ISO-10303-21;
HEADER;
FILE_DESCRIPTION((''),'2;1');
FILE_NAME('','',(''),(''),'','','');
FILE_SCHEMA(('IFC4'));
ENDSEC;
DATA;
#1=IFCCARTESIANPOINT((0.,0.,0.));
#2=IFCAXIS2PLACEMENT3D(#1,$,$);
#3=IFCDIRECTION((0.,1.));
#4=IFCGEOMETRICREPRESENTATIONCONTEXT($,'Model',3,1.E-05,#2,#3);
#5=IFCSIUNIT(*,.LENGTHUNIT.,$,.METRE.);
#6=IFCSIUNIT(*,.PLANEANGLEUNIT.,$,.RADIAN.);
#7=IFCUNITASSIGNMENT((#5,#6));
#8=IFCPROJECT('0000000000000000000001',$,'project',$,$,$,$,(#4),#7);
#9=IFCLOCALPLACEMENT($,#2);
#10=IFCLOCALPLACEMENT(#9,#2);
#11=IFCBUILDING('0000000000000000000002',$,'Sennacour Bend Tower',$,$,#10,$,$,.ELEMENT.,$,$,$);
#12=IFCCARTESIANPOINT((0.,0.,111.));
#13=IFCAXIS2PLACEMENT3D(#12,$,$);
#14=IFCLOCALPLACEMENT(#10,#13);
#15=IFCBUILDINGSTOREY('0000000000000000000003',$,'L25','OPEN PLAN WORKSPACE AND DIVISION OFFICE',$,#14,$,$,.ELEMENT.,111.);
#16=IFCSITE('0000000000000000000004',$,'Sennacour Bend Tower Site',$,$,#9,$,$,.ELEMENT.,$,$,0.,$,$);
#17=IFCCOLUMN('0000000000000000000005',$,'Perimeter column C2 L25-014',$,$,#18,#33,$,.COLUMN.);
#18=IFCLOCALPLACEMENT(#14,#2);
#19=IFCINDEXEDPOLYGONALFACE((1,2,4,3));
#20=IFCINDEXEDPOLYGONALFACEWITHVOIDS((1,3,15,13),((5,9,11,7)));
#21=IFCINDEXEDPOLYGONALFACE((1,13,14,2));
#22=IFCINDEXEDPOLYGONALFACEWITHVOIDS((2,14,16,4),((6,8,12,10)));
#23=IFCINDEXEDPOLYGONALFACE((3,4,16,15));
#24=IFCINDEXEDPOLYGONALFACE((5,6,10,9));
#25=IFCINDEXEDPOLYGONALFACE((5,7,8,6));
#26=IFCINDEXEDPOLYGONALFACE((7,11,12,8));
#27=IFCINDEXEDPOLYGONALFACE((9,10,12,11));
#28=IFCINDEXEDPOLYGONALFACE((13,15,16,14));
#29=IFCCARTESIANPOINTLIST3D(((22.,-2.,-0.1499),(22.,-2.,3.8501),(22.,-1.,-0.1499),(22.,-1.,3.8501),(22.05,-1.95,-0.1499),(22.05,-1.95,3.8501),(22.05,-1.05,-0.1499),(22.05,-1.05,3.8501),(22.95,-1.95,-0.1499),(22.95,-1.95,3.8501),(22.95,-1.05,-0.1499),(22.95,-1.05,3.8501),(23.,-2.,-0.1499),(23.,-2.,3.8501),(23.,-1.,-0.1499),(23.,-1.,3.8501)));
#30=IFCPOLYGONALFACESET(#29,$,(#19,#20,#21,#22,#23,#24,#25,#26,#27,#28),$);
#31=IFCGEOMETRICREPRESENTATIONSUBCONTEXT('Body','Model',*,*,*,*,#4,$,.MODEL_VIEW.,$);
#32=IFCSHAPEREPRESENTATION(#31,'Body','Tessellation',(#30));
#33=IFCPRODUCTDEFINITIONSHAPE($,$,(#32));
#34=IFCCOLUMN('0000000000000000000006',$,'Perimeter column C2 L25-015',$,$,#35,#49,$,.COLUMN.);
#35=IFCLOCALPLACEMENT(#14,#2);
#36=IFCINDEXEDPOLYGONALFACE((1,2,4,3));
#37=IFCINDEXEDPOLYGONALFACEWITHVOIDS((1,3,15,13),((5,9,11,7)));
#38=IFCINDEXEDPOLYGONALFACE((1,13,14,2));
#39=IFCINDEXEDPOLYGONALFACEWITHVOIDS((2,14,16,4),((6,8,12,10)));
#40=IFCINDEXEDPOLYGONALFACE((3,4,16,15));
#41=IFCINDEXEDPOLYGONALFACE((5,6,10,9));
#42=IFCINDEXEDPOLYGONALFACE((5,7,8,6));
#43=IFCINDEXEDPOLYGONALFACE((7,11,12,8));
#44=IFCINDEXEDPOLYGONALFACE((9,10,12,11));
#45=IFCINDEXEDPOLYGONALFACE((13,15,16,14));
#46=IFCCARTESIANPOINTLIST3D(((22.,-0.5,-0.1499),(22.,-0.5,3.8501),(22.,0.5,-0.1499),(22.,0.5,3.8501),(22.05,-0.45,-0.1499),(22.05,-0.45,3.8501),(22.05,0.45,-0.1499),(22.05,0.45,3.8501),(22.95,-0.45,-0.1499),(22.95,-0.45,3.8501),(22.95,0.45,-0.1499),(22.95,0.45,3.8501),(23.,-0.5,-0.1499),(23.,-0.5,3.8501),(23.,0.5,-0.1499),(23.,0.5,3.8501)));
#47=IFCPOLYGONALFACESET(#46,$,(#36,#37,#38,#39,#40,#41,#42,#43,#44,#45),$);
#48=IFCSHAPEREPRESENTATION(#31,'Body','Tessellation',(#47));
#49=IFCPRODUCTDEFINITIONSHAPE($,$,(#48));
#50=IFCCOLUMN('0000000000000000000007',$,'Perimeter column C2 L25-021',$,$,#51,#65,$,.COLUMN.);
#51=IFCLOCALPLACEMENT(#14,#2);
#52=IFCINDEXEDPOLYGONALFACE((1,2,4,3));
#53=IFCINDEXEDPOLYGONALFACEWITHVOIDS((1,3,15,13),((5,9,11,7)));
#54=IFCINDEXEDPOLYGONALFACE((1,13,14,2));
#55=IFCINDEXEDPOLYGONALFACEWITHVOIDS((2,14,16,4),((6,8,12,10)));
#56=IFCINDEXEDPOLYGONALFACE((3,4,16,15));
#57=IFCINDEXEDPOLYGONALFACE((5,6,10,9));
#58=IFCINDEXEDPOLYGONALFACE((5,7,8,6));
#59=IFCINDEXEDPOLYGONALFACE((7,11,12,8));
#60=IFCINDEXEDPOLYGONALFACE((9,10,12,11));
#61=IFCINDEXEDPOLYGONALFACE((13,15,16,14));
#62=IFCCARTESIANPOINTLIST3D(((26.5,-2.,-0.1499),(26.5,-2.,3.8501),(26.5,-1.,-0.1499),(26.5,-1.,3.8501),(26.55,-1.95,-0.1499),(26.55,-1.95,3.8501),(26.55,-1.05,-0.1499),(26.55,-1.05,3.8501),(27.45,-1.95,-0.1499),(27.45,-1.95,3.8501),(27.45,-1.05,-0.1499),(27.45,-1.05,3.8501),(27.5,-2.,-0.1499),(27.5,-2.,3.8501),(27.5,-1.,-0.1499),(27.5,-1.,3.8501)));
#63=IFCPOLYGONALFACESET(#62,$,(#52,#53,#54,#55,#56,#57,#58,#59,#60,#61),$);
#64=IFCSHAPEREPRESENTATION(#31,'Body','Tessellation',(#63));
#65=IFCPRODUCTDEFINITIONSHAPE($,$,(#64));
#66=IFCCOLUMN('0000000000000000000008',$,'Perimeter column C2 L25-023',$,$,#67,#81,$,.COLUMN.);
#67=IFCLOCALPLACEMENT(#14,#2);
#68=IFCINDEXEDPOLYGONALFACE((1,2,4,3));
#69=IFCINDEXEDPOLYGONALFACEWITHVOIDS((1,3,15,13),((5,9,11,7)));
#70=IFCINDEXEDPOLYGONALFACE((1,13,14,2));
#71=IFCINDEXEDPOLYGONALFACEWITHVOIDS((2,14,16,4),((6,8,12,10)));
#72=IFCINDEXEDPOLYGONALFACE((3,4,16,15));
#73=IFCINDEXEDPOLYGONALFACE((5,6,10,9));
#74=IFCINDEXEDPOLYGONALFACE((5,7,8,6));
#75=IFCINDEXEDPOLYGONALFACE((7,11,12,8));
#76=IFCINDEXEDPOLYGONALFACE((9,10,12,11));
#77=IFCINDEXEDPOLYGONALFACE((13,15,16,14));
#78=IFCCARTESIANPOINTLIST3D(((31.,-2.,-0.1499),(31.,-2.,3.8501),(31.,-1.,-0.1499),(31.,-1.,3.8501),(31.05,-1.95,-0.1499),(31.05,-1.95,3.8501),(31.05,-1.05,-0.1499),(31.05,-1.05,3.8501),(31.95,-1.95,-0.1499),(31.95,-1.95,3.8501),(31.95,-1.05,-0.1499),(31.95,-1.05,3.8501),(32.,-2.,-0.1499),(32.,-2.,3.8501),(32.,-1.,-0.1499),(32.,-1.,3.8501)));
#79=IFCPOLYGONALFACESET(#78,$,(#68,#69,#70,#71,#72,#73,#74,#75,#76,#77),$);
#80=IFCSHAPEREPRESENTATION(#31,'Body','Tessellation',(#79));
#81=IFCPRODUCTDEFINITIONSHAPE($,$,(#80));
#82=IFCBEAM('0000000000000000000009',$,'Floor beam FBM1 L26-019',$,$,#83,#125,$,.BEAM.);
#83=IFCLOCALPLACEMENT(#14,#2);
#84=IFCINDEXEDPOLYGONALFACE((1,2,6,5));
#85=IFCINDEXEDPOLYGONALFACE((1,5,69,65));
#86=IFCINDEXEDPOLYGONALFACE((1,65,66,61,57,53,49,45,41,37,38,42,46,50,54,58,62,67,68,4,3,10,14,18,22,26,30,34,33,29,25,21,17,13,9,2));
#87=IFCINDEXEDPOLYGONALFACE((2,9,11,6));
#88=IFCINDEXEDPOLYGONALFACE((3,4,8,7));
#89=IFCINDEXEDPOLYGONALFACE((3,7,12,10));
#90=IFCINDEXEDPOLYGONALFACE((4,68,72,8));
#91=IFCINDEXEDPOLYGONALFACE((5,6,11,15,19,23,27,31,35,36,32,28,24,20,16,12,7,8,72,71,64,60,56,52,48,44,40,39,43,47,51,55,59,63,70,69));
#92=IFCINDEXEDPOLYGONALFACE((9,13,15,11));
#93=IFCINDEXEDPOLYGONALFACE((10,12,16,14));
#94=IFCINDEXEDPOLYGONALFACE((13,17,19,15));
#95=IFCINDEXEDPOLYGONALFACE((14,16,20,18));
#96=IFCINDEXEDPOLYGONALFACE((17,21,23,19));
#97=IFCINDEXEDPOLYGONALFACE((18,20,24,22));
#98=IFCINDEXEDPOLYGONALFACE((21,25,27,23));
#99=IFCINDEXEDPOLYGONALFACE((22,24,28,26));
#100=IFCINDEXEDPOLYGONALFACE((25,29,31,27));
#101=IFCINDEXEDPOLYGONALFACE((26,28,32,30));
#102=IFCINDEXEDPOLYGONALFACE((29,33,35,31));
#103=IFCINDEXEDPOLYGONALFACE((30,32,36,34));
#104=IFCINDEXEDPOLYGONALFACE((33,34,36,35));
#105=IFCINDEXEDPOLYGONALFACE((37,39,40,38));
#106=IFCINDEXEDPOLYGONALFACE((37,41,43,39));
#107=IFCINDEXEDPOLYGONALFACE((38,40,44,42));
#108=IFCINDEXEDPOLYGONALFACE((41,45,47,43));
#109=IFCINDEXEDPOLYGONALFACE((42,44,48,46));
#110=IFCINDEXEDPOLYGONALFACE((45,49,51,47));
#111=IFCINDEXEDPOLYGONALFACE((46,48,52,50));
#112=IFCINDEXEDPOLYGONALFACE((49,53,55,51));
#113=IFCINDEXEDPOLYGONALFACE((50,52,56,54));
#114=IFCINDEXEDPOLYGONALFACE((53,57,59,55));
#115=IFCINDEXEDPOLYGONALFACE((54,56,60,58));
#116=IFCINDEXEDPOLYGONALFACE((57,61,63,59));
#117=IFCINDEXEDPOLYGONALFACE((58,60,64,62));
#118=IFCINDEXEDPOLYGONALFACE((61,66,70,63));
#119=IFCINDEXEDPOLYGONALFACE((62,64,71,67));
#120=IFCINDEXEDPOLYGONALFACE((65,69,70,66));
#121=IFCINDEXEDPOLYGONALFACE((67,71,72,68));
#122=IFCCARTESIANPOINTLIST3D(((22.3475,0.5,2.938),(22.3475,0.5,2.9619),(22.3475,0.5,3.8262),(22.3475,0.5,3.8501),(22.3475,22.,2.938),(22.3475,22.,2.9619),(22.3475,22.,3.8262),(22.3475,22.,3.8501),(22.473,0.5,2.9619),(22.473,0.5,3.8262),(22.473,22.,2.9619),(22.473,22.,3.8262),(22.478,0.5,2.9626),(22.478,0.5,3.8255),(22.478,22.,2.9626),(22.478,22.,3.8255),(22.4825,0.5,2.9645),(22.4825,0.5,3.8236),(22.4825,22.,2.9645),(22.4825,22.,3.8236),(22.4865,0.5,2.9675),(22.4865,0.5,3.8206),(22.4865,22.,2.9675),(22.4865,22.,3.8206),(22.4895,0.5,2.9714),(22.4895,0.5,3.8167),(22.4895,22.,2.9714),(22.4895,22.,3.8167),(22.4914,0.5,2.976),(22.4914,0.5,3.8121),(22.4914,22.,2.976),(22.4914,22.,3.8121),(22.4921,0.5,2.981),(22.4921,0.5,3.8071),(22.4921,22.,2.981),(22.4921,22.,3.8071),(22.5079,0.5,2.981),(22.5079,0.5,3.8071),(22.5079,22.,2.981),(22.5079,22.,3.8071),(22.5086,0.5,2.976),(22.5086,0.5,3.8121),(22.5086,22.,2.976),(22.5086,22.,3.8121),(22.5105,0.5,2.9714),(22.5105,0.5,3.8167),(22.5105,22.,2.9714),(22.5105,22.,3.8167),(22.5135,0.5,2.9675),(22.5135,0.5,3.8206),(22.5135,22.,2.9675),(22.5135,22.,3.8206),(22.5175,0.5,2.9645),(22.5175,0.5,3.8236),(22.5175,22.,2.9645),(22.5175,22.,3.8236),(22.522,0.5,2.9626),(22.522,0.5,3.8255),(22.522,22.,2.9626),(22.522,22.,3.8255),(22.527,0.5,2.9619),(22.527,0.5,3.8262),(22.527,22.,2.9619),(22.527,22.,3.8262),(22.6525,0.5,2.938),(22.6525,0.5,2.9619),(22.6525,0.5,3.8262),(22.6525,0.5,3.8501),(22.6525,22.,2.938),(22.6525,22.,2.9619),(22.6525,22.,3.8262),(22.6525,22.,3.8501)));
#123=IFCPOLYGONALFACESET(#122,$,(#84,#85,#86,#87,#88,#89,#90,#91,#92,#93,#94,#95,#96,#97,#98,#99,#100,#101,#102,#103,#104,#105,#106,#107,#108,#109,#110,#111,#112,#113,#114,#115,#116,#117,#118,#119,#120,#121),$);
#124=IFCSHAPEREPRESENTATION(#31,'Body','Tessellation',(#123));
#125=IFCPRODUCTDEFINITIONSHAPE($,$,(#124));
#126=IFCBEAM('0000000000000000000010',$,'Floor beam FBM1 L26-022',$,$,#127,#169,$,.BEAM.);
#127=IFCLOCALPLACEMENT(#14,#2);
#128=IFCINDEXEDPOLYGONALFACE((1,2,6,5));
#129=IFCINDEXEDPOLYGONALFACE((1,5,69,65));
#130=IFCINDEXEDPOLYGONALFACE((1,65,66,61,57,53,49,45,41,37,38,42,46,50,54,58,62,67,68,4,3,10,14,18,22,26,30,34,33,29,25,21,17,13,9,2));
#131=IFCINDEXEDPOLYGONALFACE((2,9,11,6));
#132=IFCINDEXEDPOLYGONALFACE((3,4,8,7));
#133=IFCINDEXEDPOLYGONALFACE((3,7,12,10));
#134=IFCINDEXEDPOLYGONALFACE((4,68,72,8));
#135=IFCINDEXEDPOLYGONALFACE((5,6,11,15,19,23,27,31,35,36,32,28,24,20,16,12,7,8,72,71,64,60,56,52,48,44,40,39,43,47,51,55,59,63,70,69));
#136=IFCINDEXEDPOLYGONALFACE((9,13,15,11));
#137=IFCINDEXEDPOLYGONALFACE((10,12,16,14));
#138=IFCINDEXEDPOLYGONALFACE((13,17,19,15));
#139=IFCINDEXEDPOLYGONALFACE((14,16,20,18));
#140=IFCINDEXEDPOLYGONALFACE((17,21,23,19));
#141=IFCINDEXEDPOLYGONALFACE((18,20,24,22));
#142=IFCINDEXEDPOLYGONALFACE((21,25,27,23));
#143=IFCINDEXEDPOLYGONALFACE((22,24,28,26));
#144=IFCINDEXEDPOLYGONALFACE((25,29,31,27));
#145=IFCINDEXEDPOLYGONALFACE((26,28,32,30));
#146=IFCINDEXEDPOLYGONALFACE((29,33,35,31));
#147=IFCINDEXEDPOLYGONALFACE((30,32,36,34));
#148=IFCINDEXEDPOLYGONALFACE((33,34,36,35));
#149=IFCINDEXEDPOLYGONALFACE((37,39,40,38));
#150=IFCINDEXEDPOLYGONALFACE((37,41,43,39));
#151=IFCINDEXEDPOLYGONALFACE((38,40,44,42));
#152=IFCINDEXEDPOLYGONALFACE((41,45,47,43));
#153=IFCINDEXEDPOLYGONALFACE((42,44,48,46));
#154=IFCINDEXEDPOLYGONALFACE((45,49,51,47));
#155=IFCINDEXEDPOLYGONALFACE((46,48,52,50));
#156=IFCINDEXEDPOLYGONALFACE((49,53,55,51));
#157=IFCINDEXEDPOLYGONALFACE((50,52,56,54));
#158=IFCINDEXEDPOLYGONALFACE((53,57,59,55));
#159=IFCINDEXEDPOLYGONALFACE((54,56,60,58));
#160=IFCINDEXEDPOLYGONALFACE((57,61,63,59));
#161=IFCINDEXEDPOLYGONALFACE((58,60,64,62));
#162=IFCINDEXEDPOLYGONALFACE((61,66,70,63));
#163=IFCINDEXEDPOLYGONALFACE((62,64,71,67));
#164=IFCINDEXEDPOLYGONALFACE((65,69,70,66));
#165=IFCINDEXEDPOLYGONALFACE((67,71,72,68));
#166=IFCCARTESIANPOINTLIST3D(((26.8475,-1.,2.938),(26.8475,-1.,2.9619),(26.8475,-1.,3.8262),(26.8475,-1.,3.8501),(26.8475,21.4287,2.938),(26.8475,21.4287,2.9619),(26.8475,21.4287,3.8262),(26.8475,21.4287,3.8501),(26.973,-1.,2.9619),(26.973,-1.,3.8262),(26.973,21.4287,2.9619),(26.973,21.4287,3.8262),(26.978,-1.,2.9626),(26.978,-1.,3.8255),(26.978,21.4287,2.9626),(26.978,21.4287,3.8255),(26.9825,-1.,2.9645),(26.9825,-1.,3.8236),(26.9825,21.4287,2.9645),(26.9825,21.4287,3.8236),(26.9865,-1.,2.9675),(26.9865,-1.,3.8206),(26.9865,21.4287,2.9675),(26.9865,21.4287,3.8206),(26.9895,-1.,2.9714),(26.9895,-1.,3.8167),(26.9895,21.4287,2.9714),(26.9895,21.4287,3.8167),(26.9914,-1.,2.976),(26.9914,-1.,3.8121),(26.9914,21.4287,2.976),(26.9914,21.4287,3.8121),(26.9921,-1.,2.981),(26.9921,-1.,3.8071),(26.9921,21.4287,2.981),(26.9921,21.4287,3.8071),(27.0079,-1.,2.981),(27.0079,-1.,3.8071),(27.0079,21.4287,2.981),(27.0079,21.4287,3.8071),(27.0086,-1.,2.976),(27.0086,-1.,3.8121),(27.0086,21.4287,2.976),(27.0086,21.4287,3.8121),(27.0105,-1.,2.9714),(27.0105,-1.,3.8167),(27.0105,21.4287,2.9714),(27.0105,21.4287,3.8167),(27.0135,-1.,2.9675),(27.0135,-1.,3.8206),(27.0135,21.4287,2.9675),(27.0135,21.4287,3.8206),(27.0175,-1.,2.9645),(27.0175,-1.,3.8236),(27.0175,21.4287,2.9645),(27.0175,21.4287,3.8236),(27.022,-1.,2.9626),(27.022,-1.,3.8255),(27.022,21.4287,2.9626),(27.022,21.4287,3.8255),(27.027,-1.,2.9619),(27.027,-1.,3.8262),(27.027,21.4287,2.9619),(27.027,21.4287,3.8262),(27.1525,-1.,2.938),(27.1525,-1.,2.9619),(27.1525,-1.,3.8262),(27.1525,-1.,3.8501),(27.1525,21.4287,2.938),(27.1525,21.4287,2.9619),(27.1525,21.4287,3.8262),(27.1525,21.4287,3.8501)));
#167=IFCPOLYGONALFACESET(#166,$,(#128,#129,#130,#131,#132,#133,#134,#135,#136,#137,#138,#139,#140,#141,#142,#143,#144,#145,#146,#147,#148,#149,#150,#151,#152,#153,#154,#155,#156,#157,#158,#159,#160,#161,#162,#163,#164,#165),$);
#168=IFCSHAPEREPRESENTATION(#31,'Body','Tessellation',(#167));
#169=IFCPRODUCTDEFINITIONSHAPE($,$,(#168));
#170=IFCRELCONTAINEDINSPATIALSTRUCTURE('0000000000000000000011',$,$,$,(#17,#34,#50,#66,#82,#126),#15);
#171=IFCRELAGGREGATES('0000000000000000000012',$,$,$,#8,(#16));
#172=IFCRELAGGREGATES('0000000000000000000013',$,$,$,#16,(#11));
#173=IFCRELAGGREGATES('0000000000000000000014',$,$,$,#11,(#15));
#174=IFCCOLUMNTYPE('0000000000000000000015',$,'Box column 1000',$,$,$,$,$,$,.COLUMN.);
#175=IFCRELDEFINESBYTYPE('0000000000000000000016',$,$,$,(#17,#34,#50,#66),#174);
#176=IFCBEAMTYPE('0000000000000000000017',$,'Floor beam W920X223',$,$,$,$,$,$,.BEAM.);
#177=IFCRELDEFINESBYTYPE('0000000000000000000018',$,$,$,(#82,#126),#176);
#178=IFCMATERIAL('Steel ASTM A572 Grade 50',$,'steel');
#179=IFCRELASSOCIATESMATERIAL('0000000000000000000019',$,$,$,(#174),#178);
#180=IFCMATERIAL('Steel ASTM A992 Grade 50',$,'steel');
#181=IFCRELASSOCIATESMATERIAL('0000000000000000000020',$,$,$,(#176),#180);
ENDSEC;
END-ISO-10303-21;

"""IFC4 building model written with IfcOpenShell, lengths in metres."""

from ifc_helpers import new_model, si_unit, direction, frame, origin, origin_2d, place, context, subcontext, project, spatial, hollow_rectangle, i_section, extrude, material, material_profile, profile_set, type_object, element, save


model = new_model("IFC4")

# Units and contexts
model_context = context("Model", 3, precision=1e-05, world=origin(), true_north=direction((0.0, 1.0)))
body_context = subcontext(model_context, "Body", "Model", "MODEL_VIEW")
ifc_project = project(units=[si_unit("LENGTHUNIT", "METRE"), si_unit("PLANEANGLEUNIT", "RADIAN")], contexts=[model_context])

# Site, building, storey
site_placement = place(None, origin())
site = spatial("IfcSite", under=ifc_project, at=site_placement, Name="Sennacour Bend Tower Site", CompositionType="ELEMENT", RefElevation=0.0)
building_placement = place(site_placement, origin())
building = spatial("IfcBuilding", under=site, at=building_placement, Name="Sennacour Bend Tower", CompositionType="ELEMENT")
storey_placement = place(building_placement, frame((0.0, 0.0, 111.0)))
storey = spatial("IfcBuildingStorey", under=building, at=storey_placement, Name="L25", Description="OPEN PLAN WORKSPACE AND DIVISION OFFICE", CompositionType="ELEMENT", Elevation=111.0)

# Columns
ifc_material_1 = material(Name="Steel ASTM A572 Grade 50", Category="steel")
ifc_material_profile_1 = material_profile(ifc_material_1, hollow_rectangle(XDim=1.0, YDim=1.0, WallThickness=0.05, at=origin_2d()), Name="Steel ASTM A572 Grade 50", Category="steel")
ifc_profile_set_1 = profile_set([ifc_material_profile_1], Name="Steel ASTM A572 Grade 50")
column_type = type_object("IfcColumnType", Name="Box column 1000", PredefinedType="COLUMN", material=ifc_profile_set_1)
for number, where, z_axis, x_axis, name in (
    (1, (22.5, -1.5, -0.1499), (0.0, 0.0, 1.0), (1.0, 0.0, 0.0), "Perimeter column C2 L25-014"),
    (2, (22.5, 0.0, -0.1499), (0.0, 0.0, 1.0), (1.0, 0.0, 0.0), "Perimeter column C2 L25-015"),
    (3, (27.0, -1.5, -0.1499), (0.0, 0.0, 1.0), (1.0, 0.0, 0.0), "Perimeter column C2 L25-021"),
    (4, (31.5, -1.5, -0.1499), (0.0, 0.0, 1.0), (1.0, 0.0, 0.0), "Perimeter column C2 L25-023"),
):
    element("IfcColumn", number, at=place(storey_placement, frame(where, z_axis=z_axis, x_axis=x_axis)), inside=storey, type_object=column_type, Name=name, PredefinedType="COLUMN", context=body_context, shape_type="SweptSolid", body=[
        extrude(hollow_rectangle(XDim=1.0, YDim=1.0, WallThickness=0.05, at=origin_2d()), origin(), (0.0, 0.0, 1.0), 4.0),
    ])

# Beams
ifc_material_2 = material(Name="Steel ASTM A992 Grade 50", Category="steel")
ifc_material_profile_2 = material_profile(ifc_material_2, i_section(OverallWidth=0.3049, OverallDepth=0.9121, WebThickness=0.0159, FlangeThickness=0.0239, FilletRadius=0.019, at=origin_2d()), Name="Steel ASTM A992 Grade 50", Category="steel")
ifc_profile_set_2 = profile_set([ifc_material_profile_2], Name="Steel ASTM A992 Grade 50")
beam_type_1 = type_object("IfcBeamType", Name="Floor beam W920X223", PredefinedType="BEAM", material=ifc_profile_set_2)
beam_1_placement = place(storey_placement, frame((22.5, 0.5, 3.394), z_axis=(0.0, 1.0, 0.0), x_axis=(-1.0, 0.0, 0.0)))
element("IfcBeam", 5, at=beam_1_placement, inside=storey, type_object=beam_type_1, Name="Floor beam FBM1 L26-019", PredefinedType="BEAM", context=body_context, shape_type="SweptSolid", body=[
    extrude(i_section(OverallWidth=0.3049, OverallDepth=0.9121, WebThickness=0.0159, FlangeThickness=0.0239, FilletRadius=0.019, at=origin_2d()), origin(), (0.0, 0.0, 1.0), 21.5),
])
beam_2_placement = place(storey_placement, frame((27.0, -1.0, 3.394), z_axis=(0.0, 1.0, 0.0), x_axis=(-1.0, 0.0, 0.0)))
element("IfcBeam", 6, at=beam_2_placement, inside=storey, type_object=beam_type_1, Name="Floor beam FBM1 L26-022", PredefinedType="BEAM", context=body_context, shape_type="SweptSolid", body=[
    extrude(i_section(OverallWidth=0.3049, OverallDepth=0.9121, WebThickness=0.0159, FlangeThickness=0.0239, FilletRadius=0.019, at=origin_2d()), origin(), (0.0, 0.0, 1.0), 22.4287),
])

save(model, "model.ifc")
